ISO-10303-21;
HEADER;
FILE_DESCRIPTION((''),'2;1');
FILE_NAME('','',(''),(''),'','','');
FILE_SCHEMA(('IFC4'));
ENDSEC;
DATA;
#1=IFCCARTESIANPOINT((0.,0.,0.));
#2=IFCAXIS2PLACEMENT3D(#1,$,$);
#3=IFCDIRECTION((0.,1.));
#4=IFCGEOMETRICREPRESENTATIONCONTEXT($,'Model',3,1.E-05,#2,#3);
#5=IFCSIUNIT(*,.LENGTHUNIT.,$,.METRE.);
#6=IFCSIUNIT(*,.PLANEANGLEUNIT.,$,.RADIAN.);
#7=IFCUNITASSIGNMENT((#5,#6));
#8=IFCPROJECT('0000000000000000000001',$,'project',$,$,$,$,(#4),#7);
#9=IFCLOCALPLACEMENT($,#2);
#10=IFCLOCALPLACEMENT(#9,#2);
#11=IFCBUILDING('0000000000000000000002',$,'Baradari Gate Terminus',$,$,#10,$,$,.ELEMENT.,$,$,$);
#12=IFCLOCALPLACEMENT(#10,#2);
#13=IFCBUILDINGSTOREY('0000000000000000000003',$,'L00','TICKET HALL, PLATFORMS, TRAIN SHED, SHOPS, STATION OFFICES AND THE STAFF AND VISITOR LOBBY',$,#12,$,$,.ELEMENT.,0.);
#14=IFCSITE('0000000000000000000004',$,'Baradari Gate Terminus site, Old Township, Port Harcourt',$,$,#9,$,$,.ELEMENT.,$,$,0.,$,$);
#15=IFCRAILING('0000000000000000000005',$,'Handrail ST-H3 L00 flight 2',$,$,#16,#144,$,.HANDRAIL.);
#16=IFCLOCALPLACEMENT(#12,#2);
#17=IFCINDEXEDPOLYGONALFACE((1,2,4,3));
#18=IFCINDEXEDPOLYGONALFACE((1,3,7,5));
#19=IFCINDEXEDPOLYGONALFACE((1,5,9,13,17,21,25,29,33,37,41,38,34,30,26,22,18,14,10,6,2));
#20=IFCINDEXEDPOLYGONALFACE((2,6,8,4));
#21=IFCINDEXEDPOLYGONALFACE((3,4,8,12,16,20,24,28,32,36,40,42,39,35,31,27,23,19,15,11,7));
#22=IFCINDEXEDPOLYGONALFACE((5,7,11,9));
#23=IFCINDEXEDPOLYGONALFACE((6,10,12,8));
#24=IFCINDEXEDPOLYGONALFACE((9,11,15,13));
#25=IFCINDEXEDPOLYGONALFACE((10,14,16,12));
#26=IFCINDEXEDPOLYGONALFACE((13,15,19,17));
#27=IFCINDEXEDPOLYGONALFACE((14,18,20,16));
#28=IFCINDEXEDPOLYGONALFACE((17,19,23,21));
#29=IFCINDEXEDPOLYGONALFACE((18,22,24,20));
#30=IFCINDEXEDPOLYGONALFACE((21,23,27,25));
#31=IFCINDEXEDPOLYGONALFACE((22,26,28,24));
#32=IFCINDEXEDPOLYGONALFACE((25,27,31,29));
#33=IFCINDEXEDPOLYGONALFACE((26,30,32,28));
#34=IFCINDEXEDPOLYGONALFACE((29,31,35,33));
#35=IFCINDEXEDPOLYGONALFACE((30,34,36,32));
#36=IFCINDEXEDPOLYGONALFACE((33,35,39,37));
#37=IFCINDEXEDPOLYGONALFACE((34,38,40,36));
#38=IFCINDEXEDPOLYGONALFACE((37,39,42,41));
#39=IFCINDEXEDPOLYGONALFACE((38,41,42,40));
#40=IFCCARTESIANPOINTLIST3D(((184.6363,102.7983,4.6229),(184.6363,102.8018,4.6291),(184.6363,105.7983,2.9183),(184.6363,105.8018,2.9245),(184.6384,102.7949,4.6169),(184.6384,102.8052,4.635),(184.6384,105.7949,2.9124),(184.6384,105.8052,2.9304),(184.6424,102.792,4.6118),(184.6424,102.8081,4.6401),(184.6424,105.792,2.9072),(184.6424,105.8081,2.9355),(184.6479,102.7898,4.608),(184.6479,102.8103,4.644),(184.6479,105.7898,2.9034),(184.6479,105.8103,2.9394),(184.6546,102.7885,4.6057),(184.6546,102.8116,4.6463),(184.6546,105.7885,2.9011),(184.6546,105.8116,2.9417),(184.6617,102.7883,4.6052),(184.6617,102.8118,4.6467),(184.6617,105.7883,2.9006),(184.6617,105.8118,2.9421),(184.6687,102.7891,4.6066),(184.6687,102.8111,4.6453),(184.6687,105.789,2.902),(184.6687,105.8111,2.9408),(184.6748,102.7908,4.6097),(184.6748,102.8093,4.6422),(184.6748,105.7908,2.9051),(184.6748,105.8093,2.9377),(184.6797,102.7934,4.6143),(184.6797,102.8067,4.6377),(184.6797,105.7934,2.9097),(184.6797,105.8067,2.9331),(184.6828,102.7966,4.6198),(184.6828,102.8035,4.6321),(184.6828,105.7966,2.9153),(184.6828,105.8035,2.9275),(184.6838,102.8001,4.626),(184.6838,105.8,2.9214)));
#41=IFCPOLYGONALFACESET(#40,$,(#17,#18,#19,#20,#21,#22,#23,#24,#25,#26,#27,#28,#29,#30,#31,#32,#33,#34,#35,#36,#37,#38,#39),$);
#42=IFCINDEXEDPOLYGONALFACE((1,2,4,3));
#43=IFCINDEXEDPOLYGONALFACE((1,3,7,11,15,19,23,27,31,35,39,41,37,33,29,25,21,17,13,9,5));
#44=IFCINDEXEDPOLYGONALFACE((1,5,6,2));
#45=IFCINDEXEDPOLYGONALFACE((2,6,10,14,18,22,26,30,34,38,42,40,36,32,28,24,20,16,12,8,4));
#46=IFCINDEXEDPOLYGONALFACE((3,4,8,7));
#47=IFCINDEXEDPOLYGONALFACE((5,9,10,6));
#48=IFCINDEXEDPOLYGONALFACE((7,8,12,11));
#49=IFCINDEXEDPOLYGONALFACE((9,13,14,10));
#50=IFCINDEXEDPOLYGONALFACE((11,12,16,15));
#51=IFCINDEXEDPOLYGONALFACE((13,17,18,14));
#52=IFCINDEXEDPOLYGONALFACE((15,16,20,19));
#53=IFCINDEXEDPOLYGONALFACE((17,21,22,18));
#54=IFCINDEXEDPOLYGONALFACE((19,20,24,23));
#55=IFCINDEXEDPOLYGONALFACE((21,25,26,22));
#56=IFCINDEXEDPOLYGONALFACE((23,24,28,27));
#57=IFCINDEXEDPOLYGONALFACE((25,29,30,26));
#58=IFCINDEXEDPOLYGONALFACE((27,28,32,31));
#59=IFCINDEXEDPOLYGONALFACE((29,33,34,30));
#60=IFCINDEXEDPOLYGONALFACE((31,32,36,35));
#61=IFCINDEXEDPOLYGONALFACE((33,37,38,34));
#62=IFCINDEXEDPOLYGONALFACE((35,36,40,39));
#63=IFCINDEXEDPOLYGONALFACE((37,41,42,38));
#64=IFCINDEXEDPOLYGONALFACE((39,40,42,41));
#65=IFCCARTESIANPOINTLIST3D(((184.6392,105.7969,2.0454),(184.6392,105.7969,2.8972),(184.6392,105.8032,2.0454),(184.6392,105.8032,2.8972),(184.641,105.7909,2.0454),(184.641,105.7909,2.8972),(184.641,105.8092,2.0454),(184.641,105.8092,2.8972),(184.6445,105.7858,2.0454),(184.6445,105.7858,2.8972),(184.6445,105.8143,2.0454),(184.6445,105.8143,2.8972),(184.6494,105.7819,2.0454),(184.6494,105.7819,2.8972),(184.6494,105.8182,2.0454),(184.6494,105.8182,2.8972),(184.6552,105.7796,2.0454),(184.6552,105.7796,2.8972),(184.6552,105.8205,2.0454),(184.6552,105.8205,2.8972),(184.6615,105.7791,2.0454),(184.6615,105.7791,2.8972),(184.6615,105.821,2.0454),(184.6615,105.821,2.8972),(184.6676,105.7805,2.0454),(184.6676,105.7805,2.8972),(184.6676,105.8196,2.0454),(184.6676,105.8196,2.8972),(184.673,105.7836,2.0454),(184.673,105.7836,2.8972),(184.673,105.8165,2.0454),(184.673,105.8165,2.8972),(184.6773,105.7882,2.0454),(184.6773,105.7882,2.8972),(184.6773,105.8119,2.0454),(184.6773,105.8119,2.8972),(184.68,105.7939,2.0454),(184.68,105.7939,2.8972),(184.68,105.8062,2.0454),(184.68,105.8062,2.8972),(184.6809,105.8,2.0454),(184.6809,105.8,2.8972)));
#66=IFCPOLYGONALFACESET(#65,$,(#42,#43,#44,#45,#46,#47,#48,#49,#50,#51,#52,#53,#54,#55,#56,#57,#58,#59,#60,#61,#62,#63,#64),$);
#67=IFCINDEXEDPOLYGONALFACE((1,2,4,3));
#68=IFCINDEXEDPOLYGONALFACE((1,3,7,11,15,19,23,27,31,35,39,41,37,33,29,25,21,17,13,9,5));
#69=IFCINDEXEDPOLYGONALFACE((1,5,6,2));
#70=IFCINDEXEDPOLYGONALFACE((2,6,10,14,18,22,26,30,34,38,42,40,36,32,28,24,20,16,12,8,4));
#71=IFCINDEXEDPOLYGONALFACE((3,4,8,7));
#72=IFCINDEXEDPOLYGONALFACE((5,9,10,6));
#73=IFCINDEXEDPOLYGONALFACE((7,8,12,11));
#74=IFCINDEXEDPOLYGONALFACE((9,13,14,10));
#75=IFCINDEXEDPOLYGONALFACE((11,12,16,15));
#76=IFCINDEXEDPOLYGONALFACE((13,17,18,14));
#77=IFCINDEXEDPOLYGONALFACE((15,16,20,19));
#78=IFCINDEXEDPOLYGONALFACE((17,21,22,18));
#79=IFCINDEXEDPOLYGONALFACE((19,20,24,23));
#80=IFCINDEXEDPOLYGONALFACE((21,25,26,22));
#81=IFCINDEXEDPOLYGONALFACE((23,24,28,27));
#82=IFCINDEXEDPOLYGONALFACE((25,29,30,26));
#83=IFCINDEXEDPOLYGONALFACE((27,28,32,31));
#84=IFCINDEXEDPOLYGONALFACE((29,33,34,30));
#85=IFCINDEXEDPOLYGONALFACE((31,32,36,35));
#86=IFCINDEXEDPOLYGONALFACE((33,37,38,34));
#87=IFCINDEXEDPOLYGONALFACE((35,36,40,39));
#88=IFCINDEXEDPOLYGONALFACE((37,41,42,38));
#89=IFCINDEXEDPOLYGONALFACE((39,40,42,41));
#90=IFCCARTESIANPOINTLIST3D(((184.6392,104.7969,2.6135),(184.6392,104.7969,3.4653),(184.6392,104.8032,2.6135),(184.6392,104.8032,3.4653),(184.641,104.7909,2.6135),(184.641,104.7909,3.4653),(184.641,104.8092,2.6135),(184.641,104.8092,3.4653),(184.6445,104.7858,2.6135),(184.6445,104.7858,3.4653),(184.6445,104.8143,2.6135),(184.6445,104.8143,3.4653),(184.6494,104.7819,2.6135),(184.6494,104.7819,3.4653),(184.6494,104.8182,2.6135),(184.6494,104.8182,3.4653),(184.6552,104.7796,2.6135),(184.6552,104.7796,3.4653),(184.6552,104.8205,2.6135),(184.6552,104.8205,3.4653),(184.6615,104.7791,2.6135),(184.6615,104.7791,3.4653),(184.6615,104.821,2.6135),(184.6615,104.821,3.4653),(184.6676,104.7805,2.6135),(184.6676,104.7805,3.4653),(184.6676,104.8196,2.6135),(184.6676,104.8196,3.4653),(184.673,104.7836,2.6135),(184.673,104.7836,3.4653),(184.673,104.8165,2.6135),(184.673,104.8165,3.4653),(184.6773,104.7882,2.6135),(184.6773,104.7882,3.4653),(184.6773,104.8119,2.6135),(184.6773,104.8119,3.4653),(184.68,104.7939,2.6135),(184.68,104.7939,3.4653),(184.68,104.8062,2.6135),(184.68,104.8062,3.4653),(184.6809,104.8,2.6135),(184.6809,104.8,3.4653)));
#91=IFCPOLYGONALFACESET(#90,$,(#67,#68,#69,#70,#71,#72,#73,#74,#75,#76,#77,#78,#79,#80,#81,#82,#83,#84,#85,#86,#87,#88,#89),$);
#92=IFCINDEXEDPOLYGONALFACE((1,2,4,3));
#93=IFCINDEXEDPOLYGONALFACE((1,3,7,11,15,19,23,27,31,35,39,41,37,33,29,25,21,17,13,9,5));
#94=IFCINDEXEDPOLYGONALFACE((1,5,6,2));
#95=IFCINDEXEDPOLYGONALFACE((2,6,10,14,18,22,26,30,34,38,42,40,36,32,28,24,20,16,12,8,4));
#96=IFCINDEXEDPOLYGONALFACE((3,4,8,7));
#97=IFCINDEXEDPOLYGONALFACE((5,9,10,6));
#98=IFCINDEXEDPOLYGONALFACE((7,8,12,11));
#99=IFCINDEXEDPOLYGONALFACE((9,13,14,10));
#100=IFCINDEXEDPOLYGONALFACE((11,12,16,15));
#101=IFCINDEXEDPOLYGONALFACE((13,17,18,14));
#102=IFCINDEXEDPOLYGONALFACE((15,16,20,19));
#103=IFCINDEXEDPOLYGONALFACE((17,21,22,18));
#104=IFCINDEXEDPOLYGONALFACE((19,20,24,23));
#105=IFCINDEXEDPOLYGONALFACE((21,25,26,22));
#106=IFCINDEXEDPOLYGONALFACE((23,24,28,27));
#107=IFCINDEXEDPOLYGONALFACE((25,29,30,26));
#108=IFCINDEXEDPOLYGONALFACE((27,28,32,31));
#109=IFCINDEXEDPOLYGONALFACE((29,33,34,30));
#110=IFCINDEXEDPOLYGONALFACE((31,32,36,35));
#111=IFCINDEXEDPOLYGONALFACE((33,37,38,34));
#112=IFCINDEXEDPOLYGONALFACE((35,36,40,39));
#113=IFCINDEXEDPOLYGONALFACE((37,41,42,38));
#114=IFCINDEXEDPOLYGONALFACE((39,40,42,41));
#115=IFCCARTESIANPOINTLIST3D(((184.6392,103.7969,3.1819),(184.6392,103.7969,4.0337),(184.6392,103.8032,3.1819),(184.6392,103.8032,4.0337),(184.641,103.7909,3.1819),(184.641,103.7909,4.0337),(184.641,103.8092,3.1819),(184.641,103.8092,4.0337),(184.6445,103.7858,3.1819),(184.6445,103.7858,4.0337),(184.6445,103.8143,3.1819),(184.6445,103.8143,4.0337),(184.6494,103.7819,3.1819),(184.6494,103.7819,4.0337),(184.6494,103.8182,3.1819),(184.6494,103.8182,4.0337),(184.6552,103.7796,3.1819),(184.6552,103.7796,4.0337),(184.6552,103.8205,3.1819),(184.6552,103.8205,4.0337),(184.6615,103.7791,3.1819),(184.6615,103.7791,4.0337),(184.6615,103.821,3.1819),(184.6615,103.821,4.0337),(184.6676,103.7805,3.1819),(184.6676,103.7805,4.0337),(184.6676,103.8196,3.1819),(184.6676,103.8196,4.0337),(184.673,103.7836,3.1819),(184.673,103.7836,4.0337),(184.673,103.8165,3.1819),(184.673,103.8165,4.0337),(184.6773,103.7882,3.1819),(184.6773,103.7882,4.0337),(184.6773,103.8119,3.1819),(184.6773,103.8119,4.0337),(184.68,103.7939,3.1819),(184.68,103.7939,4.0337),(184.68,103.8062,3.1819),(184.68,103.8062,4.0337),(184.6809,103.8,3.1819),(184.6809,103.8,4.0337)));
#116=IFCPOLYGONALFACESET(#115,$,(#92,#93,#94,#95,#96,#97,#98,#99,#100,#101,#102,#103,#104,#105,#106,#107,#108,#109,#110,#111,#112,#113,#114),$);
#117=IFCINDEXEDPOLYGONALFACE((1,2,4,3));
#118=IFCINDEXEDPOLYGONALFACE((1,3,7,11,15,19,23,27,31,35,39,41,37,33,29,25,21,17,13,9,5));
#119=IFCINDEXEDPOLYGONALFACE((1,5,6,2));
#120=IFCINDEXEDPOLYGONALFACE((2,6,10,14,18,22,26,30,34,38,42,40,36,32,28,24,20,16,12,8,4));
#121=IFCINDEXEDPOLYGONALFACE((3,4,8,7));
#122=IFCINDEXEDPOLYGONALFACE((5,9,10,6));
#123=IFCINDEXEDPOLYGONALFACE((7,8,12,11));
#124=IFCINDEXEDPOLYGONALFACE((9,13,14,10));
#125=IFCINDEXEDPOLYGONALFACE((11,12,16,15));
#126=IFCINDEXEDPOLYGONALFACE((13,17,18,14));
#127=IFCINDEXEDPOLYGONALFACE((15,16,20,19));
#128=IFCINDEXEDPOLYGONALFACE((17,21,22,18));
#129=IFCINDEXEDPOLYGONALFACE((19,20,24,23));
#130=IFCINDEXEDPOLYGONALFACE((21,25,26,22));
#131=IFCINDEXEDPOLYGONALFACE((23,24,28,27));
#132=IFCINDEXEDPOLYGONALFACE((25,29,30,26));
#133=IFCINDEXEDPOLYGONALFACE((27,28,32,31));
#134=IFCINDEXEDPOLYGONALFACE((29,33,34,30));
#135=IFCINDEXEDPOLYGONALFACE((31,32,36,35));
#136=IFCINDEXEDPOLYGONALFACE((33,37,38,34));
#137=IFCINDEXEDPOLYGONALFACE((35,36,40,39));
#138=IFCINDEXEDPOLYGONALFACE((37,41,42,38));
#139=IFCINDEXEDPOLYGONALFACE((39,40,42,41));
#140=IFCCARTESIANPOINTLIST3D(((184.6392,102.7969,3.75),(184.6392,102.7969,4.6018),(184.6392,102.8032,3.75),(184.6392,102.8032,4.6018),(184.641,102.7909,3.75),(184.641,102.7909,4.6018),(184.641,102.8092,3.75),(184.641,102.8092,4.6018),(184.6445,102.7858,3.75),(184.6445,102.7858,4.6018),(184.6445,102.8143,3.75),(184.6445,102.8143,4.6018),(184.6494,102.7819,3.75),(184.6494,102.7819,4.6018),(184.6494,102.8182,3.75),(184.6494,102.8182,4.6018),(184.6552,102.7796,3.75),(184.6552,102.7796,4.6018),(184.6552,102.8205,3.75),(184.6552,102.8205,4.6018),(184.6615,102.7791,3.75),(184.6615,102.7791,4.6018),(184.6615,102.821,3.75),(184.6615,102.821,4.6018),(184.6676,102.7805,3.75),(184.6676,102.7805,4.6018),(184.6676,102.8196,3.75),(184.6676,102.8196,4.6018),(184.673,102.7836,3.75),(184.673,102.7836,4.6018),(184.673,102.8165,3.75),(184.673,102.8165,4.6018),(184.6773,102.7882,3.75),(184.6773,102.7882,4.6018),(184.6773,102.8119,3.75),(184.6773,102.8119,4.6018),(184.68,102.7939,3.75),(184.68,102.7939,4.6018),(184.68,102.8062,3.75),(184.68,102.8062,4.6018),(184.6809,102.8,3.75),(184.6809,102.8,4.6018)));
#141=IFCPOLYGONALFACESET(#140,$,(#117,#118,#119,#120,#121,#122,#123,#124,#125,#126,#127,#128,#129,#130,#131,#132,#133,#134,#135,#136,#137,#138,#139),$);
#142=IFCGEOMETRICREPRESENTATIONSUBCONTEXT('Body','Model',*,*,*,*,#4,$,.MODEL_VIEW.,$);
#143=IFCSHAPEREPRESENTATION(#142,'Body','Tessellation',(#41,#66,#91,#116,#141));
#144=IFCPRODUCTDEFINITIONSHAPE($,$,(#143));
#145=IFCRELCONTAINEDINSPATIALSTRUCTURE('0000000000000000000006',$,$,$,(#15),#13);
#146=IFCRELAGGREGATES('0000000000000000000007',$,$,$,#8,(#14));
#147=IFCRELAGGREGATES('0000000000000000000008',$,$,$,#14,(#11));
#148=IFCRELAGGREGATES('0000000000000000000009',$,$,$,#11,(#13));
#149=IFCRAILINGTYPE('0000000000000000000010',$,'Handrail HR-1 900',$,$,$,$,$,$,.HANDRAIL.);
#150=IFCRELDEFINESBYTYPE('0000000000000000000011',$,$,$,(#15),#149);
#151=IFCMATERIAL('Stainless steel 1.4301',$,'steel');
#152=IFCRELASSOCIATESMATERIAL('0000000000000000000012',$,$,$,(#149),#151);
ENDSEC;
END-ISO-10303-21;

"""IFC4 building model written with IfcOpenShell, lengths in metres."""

from ifc_helpers import new_model, si_unit, direction, frame, origin, origin_2d, place, context, subcontext, project, spatial, circle, extrude, material, type_object, element, save


model = new_model("IFC4")

# Units and contexts
model_context = context("Model", 3, precision=1e-05, world=origin(), true_north=direction((0.0, 1.0)))
body_context = subcontext(model_context, "Body", "Model", "MODEL_VIEW")
ifc_project = project(units=[si_unit("LENGTHUNIT", "METRE"), si_unit("PLANEANGLEUNIT", "RADIAN")], contexts=[model_context])

# Site, building, storey
site_placement = place(None, origin())
site = spatial("IfcSite", under=ifc_project, at=site_placement, Name="Baradari Gate Terminus site, Old Township, Port Harcourt", CompositionType="ELEMENT", RefElevation=0.0)
building_placement = place(site_placement, origin())
building = spatial("IfcBuilding", under=site, at=building_placement, Name="Baradari Gate Terminus", CompositionType="ELEMENT")
storey_placement = place(building_placement, origin())
storey = spatial("IfcBuildingStorey", under=building, at=storey_placement, Name="L00", Description="TICKET HALL, PLATFORMS, TRAIN SHED, SHOPS, STATION OFFICES AND THE STAFF AND VISITOR LOBBY", CompositionType="ELEMENT", Elevation=0.0)

# Railing
ifc_material_1 = material(Name="Stainless steel 1.4301", Category="steel")
railing_type_1 = type_object("IfcRailingType", Name="Handrail HR-1 900", PredefinedType="HANDRAIL", material=ifc_material_1)
for number, where, name in (
    (1, (184.6599, 105.8, 2.0454), "Handrail ST-H3 L00 flight 2"),
):
    element("IfcRailing", number, at=place(storey_placement, frame(where)), inside=storey, type_object=railing_type_1, Name=name, PredefinedType="HANDRAIL", context=body_context, shape_type="SweptSolid", body=[
        extrude(circle(Radius=0.0239, at=origin_2d()), frame((0.0, 0.0, 0.876), z_axis=(0.0, -0.869451, 0.494019), x_axis=(1.0, 0.0, 0.0)), (0.0, 0.0, 1.0), 3.4504),
        extrude(circle(Radius=0.021, at=origin_2d()), origin(), (0.0, 0.0, 1.0), 0.8518),
        extrude(circle(Radius=0.021, at=origin_2d()), frame((0.0, -1.0, 0.5681)), (0.0, 0.0, 1.0), 0.8518),
        extrude(circle(Radius=0.021, at=origin_2d()), frame((0.0, -2.0, 1.1365)), (0.0, 0.0, 1.0), 0.8518),
        extrude(circle(Radius=0.021, at=origin_2d()), frame((0.0, -3.0, 1.7046)), (0.0, 0.0, 1.0), 0.8518),
    ])

save(model, "model.ifc")
